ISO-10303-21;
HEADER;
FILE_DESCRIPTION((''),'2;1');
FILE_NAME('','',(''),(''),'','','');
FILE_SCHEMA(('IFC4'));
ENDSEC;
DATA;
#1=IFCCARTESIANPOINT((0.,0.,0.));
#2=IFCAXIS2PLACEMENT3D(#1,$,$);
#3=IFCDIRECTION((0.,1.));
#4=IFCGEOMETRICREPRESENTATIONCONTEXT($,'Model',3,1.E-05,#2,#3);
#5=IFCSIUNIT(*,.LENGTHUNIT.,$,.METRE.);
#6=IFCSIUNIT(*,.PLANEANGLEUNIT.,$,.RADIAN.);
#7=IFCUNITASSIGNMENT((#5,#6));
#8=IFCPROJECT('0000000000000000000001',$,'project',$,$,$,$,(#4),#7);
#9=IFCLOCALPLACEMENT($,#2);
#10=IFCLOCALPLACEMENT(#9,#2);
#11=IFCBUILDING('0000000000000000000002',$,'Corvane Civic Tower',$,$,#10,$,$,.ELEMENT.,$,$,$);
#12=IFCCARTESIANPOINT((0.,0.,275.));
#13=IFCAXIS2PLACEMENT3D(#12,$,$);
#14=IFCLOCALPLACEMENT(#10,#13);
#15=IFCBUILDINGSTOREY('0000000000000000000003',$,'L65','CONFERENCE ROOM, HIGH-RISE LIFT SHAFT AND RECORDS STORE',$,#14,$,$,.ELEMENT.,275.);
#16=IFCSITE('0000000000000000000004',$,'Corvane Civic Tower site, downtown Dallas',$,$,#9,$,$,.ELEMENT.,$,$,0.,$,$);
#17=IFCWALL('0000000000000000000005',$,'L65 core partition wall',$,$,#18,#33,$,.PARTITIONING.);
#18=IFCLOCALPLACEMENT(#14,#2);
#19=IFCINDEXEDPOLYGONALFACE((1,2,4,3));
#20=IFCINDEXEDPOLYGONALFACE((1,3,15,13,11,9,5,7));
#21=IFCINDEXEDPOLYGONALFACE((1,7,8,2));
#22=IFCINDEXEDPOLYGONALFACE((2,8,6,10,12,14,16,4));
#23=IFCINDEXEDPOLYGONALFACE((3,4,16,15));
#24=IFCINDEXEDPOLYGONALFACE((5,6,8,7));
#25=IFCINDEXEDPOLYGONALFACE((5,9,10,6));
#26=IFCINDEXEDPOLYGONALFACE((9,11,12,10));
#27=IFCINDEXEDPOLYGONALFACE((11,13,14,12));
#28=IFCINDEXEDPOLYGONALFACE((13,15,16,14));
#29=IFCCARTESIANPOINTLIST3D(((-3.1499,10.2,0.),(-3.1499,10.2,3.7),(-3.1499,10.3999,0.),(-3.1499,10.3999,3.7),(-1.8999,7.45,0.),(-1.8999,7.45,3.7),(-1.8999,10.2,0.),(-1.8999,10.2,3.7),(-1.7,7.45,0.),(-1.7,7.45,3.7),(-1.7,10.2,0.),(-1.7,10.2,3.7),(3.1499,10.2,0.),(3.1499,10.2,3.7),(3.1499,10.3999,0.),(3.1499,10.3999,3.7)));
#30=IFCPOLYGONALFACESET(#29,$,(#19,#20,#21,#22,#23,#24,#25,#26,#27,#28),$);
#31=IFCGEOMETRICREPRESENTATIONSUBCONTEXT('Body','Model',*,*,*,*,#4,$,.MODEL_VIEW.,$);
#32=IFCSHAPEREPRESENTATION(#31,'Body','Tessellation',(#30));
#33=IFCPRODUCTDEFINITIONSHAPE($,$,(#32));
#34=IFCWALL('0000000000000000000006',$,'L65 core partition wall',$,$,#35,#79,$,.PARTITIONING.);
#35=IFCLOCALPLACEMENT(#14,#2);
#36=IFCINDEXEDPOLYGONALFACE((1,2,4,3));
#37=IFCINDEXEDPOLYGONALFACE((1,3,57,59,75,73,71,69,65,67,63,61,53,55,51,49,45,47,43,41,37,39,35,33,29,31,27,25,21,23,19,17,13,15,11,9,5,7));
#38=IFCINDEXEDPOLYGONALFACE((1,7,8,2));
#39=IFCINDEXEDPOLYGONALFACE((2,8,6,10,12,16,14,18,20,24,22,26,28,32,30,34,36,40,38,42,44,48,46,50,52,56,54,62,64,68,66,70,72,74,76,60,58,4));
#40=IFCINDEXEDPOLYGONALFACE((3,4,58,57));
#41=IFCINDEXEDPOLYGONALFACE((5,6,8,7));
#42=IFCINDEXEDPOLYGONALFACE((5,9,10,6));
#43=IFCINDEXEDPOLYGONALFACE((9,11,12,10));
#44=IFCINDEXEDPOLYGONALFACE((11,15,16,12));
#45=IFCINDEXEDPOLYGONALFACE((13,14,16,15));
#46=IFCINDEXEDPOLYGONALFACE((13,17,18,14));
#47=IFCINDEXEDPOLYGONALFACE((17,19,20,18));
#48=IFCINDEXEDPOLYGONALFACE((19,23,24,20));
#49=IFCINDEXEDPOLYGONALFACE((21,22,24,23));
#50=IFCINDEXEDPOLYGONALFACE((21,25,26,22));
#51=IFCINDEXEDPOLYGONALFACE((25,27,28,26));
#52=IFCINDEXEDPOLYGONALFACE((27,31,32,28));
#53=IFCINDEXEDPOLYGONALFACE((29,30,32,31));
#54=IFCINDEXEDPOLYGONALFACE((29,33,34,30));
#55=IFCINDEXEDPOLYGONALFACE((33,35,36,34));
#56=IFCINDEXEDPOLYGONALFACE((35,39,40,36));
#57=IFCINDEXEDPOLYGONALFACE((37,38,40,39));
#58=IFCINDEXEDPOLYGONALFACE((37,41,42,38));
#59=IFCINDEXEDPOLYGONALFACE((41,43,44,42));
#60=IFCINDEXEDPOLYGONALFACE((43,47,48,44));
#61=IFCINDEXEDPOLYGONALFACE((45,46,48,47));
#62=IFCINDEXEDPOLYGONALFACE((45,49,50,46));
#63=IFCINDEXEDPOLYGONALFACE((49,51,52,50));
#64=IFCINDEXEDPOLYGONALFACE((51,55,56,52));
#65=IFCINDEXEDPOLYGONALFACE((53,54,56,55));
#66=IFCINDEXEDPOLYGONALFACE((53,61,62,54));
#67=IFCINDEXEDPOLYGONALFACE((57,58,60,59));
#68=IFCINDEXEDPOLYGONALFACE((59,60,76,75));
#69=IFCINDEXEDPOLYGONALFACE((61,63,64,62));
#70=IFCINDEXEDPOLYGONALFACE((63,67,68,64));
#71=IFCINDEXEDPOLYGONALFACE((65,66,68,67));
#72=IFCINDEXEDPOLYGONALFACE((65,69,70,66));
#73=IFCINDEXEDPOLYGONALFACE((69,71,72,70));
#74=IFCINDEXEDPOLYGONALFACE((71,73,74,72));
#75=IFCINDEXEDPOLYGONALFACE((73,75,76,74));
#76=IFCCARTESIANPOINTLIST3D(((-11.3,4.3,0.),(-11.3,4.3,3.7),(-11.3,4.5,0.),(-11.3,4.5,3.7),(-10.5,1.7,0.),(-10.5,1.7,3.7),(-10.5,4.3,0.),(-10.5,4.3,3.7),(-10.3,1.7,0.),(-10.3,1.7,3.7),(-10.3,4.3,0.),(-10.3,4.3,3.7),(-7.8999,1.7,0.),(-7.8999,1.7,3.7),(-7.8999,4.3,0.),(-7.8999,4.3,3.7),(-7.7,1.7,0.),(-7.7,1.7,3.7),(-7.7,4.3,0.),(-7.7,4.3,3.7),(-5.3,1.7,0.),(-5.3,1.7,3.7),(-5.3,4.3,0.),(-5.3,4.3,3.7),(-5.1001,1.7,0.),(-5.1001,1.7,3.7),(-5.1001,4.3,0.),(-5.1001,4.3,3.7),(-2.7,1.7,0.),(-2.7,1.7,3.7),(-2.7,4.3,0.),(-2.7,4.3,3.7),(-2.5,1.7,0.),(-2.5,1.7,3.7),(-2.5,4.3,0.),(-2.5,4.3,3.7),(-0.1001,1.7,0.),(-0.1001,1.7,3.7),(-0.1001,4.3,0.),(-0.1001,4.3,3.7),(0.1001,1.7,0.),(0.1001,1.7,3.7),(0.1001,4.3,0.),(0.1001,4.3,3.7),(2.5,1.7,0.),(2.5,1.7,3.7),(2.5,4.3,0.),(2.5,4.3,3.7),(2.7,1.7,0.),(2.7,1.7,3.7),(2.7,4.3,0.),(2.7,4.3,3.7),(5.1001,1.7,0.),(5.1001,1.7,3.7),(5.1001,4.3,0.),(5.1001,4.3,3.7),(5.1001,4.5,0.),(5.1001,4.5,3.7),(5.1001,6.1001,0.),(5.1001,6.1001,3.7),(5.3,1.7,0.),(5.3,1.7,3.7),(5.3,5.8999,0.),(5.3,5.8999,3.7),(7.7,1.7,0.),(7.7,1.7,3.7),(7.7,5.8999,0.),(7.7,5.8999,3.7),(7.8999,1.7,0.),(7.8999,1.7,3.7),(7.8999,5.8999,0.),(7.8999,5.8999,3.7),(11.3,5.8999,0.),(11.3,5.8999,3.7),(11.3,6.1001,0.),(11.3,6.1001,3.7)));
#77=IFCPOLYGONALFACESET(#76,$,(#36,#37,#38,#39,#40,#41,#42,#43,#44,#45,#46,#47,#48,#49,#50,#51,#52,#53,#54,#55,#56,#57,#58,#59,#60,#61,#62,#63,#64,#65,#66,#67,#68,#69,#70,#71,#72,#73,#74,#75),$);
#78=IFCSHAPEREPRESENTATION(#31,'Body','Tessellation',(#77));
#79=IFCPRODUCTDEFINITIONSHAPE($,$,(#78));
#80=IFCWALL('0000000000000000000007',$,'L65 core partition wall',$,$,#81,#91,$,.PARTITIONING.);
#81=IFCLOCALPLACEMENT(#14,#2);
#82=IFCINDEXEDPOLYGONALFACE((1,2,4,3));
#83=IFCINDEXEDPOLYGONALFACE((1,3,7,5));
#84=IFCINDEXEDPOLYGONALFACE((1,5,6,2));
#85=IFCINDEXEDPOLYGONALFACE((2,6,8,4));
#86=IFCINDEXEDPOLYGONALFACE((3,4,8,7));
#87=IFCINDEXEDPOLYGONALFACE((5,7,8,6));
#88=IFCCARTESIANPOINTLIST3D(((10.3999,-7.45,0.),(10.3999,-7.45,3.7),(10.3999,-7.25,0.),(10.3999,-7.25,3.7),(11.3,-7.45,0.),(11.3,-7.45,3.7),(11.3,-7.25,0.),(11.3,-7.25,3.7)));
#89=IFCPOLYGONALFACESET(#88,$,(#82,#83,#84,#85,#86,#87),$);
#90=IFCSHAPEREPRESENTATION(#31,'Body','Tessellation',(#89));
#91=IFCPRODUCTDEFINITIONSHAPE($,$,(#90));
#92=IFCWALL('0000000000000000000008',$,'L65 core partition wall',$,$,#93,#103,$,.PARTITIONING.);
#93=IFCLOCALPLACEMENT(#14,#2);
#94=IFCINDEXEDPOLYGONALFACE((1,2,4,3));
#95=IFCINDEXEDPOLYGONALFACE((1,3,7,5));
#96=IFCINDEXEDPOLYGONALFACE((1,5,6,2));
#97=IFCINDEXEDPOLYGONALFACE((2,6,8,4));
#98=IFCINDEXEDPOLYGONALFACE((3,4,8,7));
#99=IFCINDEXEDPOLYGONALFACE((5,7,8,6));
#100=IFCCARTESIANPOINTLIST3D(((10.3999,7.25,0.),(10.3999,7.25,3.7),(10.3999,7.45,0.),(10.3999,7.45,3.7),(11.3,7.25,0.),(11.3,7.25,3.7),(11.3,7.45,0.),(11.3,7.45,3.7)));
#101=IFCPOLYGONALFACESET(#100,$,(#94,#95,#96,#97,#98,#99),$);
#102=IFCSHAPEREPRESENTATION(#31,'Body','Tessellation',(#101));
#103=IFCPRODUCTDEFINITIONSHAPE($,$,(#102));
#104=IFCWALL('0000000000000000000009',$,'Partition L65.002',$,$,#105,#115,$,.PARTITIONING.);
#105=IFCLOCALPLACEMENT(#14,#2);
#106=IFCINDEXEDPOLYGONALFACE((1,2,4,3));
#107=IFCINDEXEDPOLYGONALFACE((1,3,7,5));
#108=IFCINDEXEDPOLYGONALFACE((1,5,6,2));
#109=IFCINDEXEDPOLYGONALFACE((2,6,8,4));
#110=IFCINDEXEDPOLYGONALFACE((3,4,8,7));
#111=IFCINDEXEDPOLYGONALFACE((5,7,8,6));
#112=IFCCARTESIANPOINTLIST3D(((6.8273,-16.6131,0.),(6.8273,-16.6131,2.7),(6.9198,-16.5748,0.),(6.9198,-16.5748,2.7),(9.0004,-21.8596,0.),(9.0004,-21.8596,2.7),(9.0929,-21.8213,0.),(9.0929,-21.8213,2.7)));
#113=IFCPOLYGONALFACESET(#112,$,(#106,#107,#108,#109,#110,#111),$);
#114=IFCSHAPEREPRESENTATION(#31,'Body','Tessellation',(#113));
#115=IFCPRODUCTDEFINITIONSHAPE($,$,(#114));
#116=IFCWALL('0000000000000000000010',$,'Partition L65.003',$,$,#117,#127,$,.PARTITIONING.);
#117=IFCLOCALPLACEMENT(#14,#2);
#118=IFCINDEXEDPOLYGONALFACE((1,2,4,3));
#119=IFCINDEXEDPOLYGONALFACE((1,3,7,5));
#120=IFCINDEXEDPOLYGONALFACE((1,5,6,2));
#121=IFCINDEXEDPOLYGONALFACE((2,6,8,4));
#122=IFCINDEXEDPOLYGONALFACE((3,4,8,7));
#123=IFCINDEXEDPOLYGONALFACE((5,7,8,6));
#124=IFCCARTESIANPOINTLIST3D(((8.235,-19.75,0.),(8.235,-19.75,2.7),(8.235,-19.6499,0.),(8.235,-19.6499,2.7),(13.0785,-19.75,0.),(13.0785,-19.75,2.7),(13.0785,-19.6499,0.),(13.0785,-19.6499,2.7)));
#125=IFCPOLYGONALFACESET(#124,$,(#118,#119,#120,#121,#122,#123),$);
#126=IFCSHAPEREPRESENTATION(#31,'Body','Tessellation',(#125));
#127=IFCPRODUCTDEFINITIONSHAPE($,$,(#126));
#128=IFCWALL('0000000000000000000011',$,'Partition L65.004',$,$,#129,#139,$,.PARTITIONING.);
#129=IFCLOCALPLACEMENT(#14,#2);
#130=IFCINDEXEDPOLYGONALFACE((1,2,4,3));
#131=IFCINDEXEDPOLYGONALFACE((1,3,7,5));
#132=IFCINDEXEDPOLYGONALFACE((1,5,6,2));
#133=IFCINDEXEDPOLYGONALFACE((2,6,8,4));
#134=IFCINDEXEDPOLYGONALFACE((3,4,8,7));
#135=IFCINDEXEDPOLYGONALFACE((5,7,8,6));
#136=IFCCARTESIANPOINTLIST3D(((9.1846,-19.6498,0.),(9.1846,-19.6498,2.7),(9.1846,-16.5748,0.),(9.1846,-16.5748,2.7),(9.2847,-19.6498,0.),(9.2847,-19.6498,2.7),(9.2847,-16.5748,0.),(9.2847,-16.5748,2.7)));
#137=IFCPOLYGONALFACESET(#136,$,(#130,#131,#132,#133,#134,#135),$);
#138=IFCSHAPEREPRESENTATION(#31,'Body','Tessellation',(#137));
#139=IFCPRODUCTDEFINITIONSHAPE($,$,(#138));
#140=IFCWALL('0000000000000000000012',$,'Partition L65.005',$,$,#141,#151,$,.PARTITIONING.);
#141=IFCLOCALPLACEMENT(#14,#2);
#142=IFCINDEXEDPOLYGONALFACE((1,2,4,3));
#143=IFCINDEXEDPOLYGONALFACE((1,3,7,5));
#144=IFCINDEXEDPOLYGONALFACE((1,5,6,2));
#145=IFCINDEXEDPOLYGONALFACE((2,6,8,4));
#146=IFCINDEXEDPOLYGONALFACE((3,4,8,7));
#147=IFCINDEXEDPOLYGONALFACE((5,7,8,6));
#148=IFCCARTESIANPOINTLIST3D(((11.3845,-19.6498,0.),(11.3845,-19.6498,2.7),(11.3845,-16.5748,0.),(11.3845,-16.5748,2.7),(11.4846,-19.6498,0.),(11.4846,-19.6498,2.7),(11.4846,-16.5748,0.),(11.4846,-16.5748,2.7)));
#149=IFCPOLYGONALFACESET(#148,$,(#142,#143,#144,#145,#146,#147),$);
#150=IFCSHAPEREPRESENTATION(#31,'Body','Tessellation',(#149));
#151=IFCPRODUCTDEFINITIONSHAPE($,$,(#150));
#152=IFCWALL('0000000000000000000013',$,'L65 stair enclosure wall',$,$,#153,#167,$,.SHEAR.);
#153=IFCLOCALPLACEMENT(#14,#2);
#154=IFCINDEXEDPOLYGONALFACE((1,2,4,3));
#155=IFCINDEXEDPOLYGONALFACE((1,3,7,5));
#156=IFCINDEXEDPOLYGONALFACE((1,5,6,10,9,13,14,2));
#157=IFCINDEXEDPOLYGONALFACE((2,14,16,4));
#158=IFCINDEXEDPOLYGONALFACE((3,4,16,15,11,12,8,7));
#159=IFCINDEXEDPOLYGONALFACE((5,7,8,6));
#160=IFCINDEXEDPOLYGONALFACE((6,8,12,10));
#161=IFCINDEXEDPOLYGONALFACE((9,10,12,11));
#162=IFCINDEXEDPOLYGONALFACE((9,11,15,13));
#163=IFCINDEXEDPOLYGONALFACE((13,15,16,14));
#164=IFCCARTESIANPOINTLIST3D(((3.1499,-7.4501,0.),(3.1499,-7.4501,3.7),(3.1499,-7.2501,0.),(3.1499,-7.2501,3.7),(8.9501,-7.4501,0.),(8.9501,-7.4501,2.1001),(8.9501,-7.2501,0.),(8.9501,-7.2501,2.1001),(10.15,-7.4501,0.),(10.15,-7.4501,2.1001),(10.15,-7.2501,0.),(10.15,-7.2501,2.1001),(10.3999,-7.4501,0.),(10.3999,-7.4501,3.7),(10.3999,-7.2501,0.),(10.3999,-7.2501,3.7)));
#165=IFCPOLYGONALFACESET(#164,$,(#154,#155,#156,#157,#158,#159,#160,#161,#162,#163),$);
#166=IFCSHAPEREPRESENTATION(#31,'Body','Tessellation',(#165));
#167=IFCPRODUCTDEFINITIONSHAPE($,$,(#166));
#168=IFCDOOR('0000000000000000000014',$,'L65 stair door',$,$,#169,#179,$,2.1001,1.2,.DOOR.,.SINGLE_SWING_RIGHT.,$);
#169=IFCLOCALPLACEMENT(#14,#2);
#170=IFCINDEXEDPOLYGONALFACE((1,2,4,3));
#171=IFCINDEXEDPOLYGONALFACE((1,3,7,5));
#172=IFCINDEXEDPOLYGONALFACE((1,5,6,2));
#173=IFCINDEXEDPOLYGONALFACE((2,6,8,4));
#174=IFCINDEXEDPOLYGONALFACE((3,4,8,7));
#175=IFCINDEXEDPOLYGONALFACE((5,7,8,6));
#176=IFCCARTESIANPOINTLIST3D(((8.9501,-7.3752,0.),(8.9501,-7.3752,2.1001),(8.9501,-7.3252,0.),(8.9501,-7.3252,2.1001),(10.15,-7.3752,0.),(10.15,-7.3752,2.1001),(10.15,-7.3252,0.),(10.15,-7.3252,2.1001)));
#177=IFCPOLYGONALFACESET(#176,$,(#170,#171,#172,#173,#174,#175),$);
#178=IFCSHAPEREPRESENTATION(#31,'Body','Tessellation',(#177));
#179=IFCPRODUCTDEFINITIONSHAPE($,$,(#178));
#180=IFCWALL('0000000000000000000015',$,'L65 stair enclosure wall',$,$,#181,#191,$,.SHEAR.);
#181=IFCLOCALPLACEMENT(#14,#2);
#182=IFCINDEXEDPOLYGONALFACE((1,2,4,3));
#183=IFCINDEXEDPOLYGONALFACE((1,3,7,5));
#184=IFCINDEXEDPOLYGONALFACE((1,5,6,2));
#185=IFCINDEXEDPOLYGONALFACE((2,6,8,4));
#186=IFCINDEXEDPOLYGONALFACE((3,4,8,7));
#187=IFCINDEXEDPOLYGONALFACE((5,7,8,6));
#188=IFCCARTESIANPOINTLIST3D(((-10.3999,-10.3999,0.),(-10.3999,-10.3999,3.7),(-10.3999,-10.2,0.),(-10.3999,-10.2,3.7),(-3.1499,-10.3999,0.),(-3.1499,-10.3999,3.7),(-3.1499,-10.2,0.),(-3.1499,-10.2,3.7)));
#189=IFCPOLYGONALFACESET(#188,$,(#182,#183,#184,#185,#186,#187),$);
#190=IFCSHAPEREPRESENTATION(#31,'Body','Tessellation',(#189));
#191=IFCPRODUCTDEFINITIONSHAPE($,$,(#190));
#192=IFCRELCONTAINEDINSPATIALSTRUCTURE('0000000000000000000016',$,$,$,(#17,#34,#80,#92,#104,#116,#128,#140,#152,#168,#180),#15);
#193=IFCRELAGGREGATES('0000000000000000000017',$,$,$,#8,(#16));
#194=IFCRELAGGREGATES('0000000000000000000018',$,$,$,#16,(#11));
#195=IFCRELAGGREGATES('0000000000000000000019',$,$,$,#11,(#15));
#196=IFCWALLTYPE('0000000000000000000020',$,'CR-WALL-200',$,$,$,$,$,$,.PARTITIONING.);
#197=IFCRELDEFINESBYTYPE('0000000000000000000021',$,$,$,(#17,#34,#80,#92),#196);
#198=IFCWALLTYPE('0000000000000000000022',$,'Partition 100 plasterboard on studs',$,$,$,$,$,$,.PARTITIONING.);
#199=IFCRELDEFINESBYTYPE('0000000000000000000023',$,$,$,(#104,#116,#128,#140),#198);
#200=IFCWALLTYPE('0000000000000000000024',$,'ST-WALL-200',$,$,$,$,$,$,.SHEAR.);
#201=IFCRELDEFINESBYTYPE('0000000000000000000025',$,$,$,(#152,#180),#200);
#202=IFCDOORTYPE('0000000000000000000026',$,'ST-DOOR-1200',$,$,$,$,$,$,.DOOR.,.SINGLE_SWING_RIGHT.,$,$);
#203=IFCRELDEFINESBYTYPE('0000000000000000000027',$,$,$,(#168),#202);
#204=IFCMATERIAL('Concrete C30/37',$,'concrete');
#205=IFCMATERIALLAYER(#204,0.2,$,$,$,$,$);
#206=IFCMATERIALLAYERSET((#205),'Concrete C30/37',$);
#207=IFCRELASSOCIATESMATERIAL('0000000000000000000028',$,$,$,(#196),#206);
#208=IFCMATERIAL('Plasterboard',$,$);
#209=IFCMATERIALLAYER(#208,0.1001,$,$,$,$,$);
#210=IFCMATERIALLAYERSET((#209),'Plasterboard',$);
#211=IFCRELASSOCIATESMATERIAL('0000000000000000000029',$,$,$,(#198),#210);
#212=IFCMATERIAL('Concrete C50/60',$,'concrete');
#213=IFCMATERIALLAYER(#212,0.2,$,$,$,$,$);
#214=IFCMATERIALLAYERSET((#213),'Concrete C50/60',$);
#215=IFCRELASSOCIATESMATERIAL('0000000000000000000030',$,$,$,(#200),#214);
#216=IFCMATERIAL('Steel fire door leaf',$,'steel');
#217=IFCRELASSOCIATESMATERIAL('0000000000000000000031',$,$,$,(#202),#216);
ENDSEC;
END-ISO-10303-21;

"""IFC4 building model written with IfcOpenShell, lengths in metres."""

from ifc_helpers import new_model, si_unit, direction, frame, frame_2d, origin, place, context, subcontext, project, spatial, polyline, rectangle, outline, extrude, material, layer, layer_set, type_object, element, fill, save


model = new_model("IFC4")

# Units and contexts
model_context = context("Model", 3, precision=1e-05, world=origin(), true_north=direction((0.0, 1.0)))
body_context = subcontext(model_context, "Body", "Model", "MODEL_VIEW")
ifc_project = project(units=[si_unit("LENGTHUNIT", "METRE"), si_unit("PLANEANGLEUNIT", "RADIAN")], contexts=[model_context])

# Site, building, storey
site_placement = place(None, origin())
site = spatial("IfcSite", under=ifc_project, at=site_placement, Name="Corvane Civic Tower site, downtown Dallas", CompositionType="ELEMENT", RefElevation=0.0)
building_placement = place(site_placement, origin())
building = spatial("IfcBuilding", under=site, at=building_placement, Name="Corvane Civic Tower", CompositionType="ELEMENT")
storey_placement = place(building_placement, frame((0.0, 0.0, 275.0)))
storey = spatial("IfcBuildingStorey", under=building, at=storey_placement, Name="L65", Description="CONFERENCE ROOM, HIGH-RISE LIFT SHAFT AND RECORDS STORE", CompositionType="ELEMENT", Elevation=275.0)

# Shared definitions
ifc_material_1 = material(Name="Concrete C30/37", Category="concrete")
ifc_layer_1 = layer(ifc_material_1, 0.2)
ifc_layer_set_1 = layer_set([ifc_layer_1], Name="Concrete C30/37")
wall_type_1 = type_object("IfcWallType", Name="CR-WALL-200", PredefinedType="PARTITIONING", material=ifc_layer_set_1)

# Walls
wall_1_placement = place(storey_placement, origin())
element("IfcWall", 1, at=wall_1_placement, inside=storey, type_object=wall_type_1, Name="L65 core partition wall", PredefinedType="PARTITIONING", context=body_context, shape_type="SweptSolid", body=[
    extrude(outline(polyline([(3.1499, 10.3999), (3.1499, 10.2), (-1.7, 10.2), (-1.7, 7.45), (-1.8999, 7.45), (-1.8999, 10.2), (-3.1499, 10.2), (-3.1499, 10.3999), (3.1499, 10.3999)])), origin(), (0.0, 0.0, 1.0), 3.7),
])
wall_2_placement = place(storey_placement, origin())
element("IfcWall", 2, at=wall_2_placement, inside=storey, type_object=wall_type_1, Name="L65 core partition wall", PredefinedType="PARTITIONING", context=body_context, shape_type="SweptSolid", body=[
    extrude(outline(polyline([(-10.5, 1.7), (-10.5, 4.3), (-11.3, 4.3), (-11.3, 4.5), (5.1001, 4.5), (5.1001, 6.1001), (11.3, 6.1001), (11.3, 5.8999), (7.8999, 5.8999), (7.8999, 1.7), (7.7, 1.7), (7.7, 5.8999), (5.3, 5.8999), (5.3, 1.7), (5.1001, 1.7), (5.1001, 4.3), (2.7, 4.3), (2.7, 1.7), (2.5, 1.7), (2.5, 4.3), (0.1001, 4.3), (0.1001, 1.7), (-0.1001, 1.7), (-0.1001, 4.3), (-2.5, 4.3), (-2.5, 1.7), (-2.7, 1.7), (-2.7, 4.3), (-5.1001, 4.3), (-5.1001, 1.7), (-5.3, 1.7), (-5.3, 4.3), (-7.7, 4.3), (-7.7, 1.7), (-7.8999, 1.7), (-7.8999, 4.3), (-10.3, 4.3), (-10.3, 1.7), (-10.5, 1.7)])), origin(), (0.0, 0.0, 1.0), 3.7),
])
wall_3_placement = place(storey_placement, origin())
element("IfcWall", 3, at=wall_3_placement, inside=storey, type_object=wall_type_1, Name="L65 core partition wall", PredefinedType="PARTITIONING", context=body_context, shape_type="SweptSolid", body=[
    extrude(outline(polyline([(11.3, -7.45), (10.3999, -7.45), (10.3999, -7.25), (11.3, -7.25), (11.3, -7.45)])), origin(), (0.0, 0.0, 1.0), 3.7),
])
wall_4_placement = place(storey_placement, origin())
element("IfcWall", 4, at=wall_4_placement, inside=storey, type_object=wall_type_1, Name="L65 core partition wall", PredefinedType="PARTITIONING", context=body_context, shape_type="SweptSolid", body=[
    extrude(outline(polyline([(10.3999, 7.25), (10.3999, 7.45), (11.3, 7.45), (11.3, 7.25), (10.3999, 7.25)])), origin(), (0.0, 0.0, 1.0), 3.7),
])
ifc_material_2 = material(Name="Plasterboard")
ifc_layer_2 = layer(ifc_material_2, 0.1001)
ifc_layer_set_2 = layer_set([ifc_layer_2], Name="Plasterboard")
wall_type_2 = type_object("IfcWallType", Name="Partition 100 plasterboard on studs", PredefinedType="PARTITIONING", material=ifc_layer_set_2)
wall_5_placement = place(storey_placement, frame((6.8735, -16.594, 0.0), z_axis=(0.0, 0.0, 1.0), x_axis=(0.382682, -0.92388, 0.0)))
element("IfcWall", 5, at=wall_5_placement, inside=storey, type_object=wall_type_2, Name="Partition L65.002", PredefinedType="PARTITIONING", context=body_context, shape_type="SweptSolid", body=[
    extrude(rectangle(XDim=5.6787, YDim=0.1001, at=frame_2d((2.8394, 0.0))), origin(), (0.0, 0.0, 1.0), 2.7),
])
wall_6_placement = place(storey_placement, frame((8.2349, -19.7, 0.0), z_axis=(0.0, 0.0, 1.0), x_axis=(1.0, 0.0, 0.0)))
element("IfcWall", 6, at=wall_6_placement, inside=storey, type_object=wall_type_2, Name="Partition L65.003", PredefinedType="PARTITIONING", context=body_context, shape_type="SweptSolid", body=[
    extrude(rectangle(XDim=4.8435, YDim=0.1001, at=frame_2d((2.4219, 0.0))), origin(), (0.0, 0.0, 1.0), 2.7),
])
for number, where, z_axis, x_axis, name in (
    (7, (9.2346, -19.6499, 0.0), (0.0, 0.0, 1.0), (0.0, 1.0, 0.0), "Partition L65.004"),
    (8, (11.4346, -19.6499, 0.0), (0.0, 0.0, 1.0), (0.0, 1.0, 0.0), "Partition L65.005"),
):
    element("IfcWall", number, at=place(storey_placement, frame(where, z_axis=z_axis, x_axis=x_axis)), inside=storey, type_object=wall_type_2, Name=name, PredefinedType="PARTITIONING", context=body_context, shape_type="SweptSolid", body=[
        extrude(rectangle(XDim=3.075, YDim=0.1001, at=frame_2d((1.5376, 0.0))), origin(), (0.0, 0.0, 1.0), 2.7),
    ])

# Wall, opening, door
ifc_material_3 = material(Name="Concrete C50/60", Category="concrete")
ifc_layer_3 = layer(ifc_material_3, 0.2)
ifc_layer_set_3 = layer_set([ifc_layer_3], Name="Concrete C50/60")
wall_type_3 = type_object("IfcWallType", Name="ST-WALL-200", PredefinedType="SHEAR", material=ifc_layer_set_3)
wall_7_placement = place(storey_placement, frame((3.1499, -7.3501, 0.0), z_axis=(0.0, 0.0, 1.0), x_axis=(1.0, 0.0, 0.0)))
wall_7 = element("IfcWall", 9, at=wall_7_placement, inside=storey, type_object=wall_type_3, Name="L65 stair enclosure wall", PredefinedType="SHEAR", context=body_context, shape_type="SweptSolid", body=[
    extrude(rectangle(XDim=7.25, YDim=0.2, at=frame_2d((3.625, 0.0))), origin(), (0.0, 0.0, 1.0), 3.7),
])
opening_1_placement = place(wall_7_placement, frame((5.8, 0.0, 0.0)))
opening_1 = element("IfcOpeningElement", 10, at=opening_1_placement, cuts=wall_7, PredefinedType="OPENING", context=body_context, shape_type="SweptSolid", body=[
    extrude(rectangle(XDim=1.2, YDim=2.1001, at=frame_2d((0.6001, 1.05))), frame((0.0, 0.1099, 0.0), z_axis=(0.0, -1.0, 0.0), x_axis=(1.0, 0.0, 0.0)), (0.0, 0.0, 1.0), 0.22),
])
ifc_material_4 = material(Name="Steel fire door leaf", Category="steel")
door_type_1 = type_object("IfcDoorType", Name="ST-DOOR-1200", OperationType="SINGLE_SWING_RIGHT", PredefinedType="DOOR", material=ifc_material_4)
door_1_placement = place(opening_1_placement, origin())
door_1 = element("IfcDoor", 11, at=door_1_placement, inside=storey, type_object=door_type_1, Name="L65 stair door", OperationType="SINGLE_SWING_RIGHT", OverallHeight=2.1001, OverallWidth=1.2, PredefinedType="DOOR", context=body_context, shape_type="SweptSolid", body=[
    extrude(rectangle(XDim=1.2, YDim=2.1001, at=frame_2d((0.6001, 1.05))), frame((0.0, 0.0249, 0.0), z_axis=(0.0, -1.0, 0.0), x_axis=(1.0, 0.0, 0.0)), (0.0, 0.0, 1.0), 0.05),
])
fill(opening_1, door_1)

# Wall
wall_8_placement = place(storey_placement, origin())
element("IfcWall", 12, at=wall_8_placement, inside=storey, type_object=wall_type_3, Name="L65 stair enclosure wall", PredefinedType="SHEAR", context=body_context, shape_type="SweptSolid", body=[
    extrude(outline(polyline([(-3.1499, -10.2), (-3.1499, -10.3999), (-10.3999, -10.3999), (-10.3999, -10.2), (-3.1499, -10.2)])), origin(), (0.0, 0.0, 1.0), 3.7),
])

save(model, "model.ifc")
